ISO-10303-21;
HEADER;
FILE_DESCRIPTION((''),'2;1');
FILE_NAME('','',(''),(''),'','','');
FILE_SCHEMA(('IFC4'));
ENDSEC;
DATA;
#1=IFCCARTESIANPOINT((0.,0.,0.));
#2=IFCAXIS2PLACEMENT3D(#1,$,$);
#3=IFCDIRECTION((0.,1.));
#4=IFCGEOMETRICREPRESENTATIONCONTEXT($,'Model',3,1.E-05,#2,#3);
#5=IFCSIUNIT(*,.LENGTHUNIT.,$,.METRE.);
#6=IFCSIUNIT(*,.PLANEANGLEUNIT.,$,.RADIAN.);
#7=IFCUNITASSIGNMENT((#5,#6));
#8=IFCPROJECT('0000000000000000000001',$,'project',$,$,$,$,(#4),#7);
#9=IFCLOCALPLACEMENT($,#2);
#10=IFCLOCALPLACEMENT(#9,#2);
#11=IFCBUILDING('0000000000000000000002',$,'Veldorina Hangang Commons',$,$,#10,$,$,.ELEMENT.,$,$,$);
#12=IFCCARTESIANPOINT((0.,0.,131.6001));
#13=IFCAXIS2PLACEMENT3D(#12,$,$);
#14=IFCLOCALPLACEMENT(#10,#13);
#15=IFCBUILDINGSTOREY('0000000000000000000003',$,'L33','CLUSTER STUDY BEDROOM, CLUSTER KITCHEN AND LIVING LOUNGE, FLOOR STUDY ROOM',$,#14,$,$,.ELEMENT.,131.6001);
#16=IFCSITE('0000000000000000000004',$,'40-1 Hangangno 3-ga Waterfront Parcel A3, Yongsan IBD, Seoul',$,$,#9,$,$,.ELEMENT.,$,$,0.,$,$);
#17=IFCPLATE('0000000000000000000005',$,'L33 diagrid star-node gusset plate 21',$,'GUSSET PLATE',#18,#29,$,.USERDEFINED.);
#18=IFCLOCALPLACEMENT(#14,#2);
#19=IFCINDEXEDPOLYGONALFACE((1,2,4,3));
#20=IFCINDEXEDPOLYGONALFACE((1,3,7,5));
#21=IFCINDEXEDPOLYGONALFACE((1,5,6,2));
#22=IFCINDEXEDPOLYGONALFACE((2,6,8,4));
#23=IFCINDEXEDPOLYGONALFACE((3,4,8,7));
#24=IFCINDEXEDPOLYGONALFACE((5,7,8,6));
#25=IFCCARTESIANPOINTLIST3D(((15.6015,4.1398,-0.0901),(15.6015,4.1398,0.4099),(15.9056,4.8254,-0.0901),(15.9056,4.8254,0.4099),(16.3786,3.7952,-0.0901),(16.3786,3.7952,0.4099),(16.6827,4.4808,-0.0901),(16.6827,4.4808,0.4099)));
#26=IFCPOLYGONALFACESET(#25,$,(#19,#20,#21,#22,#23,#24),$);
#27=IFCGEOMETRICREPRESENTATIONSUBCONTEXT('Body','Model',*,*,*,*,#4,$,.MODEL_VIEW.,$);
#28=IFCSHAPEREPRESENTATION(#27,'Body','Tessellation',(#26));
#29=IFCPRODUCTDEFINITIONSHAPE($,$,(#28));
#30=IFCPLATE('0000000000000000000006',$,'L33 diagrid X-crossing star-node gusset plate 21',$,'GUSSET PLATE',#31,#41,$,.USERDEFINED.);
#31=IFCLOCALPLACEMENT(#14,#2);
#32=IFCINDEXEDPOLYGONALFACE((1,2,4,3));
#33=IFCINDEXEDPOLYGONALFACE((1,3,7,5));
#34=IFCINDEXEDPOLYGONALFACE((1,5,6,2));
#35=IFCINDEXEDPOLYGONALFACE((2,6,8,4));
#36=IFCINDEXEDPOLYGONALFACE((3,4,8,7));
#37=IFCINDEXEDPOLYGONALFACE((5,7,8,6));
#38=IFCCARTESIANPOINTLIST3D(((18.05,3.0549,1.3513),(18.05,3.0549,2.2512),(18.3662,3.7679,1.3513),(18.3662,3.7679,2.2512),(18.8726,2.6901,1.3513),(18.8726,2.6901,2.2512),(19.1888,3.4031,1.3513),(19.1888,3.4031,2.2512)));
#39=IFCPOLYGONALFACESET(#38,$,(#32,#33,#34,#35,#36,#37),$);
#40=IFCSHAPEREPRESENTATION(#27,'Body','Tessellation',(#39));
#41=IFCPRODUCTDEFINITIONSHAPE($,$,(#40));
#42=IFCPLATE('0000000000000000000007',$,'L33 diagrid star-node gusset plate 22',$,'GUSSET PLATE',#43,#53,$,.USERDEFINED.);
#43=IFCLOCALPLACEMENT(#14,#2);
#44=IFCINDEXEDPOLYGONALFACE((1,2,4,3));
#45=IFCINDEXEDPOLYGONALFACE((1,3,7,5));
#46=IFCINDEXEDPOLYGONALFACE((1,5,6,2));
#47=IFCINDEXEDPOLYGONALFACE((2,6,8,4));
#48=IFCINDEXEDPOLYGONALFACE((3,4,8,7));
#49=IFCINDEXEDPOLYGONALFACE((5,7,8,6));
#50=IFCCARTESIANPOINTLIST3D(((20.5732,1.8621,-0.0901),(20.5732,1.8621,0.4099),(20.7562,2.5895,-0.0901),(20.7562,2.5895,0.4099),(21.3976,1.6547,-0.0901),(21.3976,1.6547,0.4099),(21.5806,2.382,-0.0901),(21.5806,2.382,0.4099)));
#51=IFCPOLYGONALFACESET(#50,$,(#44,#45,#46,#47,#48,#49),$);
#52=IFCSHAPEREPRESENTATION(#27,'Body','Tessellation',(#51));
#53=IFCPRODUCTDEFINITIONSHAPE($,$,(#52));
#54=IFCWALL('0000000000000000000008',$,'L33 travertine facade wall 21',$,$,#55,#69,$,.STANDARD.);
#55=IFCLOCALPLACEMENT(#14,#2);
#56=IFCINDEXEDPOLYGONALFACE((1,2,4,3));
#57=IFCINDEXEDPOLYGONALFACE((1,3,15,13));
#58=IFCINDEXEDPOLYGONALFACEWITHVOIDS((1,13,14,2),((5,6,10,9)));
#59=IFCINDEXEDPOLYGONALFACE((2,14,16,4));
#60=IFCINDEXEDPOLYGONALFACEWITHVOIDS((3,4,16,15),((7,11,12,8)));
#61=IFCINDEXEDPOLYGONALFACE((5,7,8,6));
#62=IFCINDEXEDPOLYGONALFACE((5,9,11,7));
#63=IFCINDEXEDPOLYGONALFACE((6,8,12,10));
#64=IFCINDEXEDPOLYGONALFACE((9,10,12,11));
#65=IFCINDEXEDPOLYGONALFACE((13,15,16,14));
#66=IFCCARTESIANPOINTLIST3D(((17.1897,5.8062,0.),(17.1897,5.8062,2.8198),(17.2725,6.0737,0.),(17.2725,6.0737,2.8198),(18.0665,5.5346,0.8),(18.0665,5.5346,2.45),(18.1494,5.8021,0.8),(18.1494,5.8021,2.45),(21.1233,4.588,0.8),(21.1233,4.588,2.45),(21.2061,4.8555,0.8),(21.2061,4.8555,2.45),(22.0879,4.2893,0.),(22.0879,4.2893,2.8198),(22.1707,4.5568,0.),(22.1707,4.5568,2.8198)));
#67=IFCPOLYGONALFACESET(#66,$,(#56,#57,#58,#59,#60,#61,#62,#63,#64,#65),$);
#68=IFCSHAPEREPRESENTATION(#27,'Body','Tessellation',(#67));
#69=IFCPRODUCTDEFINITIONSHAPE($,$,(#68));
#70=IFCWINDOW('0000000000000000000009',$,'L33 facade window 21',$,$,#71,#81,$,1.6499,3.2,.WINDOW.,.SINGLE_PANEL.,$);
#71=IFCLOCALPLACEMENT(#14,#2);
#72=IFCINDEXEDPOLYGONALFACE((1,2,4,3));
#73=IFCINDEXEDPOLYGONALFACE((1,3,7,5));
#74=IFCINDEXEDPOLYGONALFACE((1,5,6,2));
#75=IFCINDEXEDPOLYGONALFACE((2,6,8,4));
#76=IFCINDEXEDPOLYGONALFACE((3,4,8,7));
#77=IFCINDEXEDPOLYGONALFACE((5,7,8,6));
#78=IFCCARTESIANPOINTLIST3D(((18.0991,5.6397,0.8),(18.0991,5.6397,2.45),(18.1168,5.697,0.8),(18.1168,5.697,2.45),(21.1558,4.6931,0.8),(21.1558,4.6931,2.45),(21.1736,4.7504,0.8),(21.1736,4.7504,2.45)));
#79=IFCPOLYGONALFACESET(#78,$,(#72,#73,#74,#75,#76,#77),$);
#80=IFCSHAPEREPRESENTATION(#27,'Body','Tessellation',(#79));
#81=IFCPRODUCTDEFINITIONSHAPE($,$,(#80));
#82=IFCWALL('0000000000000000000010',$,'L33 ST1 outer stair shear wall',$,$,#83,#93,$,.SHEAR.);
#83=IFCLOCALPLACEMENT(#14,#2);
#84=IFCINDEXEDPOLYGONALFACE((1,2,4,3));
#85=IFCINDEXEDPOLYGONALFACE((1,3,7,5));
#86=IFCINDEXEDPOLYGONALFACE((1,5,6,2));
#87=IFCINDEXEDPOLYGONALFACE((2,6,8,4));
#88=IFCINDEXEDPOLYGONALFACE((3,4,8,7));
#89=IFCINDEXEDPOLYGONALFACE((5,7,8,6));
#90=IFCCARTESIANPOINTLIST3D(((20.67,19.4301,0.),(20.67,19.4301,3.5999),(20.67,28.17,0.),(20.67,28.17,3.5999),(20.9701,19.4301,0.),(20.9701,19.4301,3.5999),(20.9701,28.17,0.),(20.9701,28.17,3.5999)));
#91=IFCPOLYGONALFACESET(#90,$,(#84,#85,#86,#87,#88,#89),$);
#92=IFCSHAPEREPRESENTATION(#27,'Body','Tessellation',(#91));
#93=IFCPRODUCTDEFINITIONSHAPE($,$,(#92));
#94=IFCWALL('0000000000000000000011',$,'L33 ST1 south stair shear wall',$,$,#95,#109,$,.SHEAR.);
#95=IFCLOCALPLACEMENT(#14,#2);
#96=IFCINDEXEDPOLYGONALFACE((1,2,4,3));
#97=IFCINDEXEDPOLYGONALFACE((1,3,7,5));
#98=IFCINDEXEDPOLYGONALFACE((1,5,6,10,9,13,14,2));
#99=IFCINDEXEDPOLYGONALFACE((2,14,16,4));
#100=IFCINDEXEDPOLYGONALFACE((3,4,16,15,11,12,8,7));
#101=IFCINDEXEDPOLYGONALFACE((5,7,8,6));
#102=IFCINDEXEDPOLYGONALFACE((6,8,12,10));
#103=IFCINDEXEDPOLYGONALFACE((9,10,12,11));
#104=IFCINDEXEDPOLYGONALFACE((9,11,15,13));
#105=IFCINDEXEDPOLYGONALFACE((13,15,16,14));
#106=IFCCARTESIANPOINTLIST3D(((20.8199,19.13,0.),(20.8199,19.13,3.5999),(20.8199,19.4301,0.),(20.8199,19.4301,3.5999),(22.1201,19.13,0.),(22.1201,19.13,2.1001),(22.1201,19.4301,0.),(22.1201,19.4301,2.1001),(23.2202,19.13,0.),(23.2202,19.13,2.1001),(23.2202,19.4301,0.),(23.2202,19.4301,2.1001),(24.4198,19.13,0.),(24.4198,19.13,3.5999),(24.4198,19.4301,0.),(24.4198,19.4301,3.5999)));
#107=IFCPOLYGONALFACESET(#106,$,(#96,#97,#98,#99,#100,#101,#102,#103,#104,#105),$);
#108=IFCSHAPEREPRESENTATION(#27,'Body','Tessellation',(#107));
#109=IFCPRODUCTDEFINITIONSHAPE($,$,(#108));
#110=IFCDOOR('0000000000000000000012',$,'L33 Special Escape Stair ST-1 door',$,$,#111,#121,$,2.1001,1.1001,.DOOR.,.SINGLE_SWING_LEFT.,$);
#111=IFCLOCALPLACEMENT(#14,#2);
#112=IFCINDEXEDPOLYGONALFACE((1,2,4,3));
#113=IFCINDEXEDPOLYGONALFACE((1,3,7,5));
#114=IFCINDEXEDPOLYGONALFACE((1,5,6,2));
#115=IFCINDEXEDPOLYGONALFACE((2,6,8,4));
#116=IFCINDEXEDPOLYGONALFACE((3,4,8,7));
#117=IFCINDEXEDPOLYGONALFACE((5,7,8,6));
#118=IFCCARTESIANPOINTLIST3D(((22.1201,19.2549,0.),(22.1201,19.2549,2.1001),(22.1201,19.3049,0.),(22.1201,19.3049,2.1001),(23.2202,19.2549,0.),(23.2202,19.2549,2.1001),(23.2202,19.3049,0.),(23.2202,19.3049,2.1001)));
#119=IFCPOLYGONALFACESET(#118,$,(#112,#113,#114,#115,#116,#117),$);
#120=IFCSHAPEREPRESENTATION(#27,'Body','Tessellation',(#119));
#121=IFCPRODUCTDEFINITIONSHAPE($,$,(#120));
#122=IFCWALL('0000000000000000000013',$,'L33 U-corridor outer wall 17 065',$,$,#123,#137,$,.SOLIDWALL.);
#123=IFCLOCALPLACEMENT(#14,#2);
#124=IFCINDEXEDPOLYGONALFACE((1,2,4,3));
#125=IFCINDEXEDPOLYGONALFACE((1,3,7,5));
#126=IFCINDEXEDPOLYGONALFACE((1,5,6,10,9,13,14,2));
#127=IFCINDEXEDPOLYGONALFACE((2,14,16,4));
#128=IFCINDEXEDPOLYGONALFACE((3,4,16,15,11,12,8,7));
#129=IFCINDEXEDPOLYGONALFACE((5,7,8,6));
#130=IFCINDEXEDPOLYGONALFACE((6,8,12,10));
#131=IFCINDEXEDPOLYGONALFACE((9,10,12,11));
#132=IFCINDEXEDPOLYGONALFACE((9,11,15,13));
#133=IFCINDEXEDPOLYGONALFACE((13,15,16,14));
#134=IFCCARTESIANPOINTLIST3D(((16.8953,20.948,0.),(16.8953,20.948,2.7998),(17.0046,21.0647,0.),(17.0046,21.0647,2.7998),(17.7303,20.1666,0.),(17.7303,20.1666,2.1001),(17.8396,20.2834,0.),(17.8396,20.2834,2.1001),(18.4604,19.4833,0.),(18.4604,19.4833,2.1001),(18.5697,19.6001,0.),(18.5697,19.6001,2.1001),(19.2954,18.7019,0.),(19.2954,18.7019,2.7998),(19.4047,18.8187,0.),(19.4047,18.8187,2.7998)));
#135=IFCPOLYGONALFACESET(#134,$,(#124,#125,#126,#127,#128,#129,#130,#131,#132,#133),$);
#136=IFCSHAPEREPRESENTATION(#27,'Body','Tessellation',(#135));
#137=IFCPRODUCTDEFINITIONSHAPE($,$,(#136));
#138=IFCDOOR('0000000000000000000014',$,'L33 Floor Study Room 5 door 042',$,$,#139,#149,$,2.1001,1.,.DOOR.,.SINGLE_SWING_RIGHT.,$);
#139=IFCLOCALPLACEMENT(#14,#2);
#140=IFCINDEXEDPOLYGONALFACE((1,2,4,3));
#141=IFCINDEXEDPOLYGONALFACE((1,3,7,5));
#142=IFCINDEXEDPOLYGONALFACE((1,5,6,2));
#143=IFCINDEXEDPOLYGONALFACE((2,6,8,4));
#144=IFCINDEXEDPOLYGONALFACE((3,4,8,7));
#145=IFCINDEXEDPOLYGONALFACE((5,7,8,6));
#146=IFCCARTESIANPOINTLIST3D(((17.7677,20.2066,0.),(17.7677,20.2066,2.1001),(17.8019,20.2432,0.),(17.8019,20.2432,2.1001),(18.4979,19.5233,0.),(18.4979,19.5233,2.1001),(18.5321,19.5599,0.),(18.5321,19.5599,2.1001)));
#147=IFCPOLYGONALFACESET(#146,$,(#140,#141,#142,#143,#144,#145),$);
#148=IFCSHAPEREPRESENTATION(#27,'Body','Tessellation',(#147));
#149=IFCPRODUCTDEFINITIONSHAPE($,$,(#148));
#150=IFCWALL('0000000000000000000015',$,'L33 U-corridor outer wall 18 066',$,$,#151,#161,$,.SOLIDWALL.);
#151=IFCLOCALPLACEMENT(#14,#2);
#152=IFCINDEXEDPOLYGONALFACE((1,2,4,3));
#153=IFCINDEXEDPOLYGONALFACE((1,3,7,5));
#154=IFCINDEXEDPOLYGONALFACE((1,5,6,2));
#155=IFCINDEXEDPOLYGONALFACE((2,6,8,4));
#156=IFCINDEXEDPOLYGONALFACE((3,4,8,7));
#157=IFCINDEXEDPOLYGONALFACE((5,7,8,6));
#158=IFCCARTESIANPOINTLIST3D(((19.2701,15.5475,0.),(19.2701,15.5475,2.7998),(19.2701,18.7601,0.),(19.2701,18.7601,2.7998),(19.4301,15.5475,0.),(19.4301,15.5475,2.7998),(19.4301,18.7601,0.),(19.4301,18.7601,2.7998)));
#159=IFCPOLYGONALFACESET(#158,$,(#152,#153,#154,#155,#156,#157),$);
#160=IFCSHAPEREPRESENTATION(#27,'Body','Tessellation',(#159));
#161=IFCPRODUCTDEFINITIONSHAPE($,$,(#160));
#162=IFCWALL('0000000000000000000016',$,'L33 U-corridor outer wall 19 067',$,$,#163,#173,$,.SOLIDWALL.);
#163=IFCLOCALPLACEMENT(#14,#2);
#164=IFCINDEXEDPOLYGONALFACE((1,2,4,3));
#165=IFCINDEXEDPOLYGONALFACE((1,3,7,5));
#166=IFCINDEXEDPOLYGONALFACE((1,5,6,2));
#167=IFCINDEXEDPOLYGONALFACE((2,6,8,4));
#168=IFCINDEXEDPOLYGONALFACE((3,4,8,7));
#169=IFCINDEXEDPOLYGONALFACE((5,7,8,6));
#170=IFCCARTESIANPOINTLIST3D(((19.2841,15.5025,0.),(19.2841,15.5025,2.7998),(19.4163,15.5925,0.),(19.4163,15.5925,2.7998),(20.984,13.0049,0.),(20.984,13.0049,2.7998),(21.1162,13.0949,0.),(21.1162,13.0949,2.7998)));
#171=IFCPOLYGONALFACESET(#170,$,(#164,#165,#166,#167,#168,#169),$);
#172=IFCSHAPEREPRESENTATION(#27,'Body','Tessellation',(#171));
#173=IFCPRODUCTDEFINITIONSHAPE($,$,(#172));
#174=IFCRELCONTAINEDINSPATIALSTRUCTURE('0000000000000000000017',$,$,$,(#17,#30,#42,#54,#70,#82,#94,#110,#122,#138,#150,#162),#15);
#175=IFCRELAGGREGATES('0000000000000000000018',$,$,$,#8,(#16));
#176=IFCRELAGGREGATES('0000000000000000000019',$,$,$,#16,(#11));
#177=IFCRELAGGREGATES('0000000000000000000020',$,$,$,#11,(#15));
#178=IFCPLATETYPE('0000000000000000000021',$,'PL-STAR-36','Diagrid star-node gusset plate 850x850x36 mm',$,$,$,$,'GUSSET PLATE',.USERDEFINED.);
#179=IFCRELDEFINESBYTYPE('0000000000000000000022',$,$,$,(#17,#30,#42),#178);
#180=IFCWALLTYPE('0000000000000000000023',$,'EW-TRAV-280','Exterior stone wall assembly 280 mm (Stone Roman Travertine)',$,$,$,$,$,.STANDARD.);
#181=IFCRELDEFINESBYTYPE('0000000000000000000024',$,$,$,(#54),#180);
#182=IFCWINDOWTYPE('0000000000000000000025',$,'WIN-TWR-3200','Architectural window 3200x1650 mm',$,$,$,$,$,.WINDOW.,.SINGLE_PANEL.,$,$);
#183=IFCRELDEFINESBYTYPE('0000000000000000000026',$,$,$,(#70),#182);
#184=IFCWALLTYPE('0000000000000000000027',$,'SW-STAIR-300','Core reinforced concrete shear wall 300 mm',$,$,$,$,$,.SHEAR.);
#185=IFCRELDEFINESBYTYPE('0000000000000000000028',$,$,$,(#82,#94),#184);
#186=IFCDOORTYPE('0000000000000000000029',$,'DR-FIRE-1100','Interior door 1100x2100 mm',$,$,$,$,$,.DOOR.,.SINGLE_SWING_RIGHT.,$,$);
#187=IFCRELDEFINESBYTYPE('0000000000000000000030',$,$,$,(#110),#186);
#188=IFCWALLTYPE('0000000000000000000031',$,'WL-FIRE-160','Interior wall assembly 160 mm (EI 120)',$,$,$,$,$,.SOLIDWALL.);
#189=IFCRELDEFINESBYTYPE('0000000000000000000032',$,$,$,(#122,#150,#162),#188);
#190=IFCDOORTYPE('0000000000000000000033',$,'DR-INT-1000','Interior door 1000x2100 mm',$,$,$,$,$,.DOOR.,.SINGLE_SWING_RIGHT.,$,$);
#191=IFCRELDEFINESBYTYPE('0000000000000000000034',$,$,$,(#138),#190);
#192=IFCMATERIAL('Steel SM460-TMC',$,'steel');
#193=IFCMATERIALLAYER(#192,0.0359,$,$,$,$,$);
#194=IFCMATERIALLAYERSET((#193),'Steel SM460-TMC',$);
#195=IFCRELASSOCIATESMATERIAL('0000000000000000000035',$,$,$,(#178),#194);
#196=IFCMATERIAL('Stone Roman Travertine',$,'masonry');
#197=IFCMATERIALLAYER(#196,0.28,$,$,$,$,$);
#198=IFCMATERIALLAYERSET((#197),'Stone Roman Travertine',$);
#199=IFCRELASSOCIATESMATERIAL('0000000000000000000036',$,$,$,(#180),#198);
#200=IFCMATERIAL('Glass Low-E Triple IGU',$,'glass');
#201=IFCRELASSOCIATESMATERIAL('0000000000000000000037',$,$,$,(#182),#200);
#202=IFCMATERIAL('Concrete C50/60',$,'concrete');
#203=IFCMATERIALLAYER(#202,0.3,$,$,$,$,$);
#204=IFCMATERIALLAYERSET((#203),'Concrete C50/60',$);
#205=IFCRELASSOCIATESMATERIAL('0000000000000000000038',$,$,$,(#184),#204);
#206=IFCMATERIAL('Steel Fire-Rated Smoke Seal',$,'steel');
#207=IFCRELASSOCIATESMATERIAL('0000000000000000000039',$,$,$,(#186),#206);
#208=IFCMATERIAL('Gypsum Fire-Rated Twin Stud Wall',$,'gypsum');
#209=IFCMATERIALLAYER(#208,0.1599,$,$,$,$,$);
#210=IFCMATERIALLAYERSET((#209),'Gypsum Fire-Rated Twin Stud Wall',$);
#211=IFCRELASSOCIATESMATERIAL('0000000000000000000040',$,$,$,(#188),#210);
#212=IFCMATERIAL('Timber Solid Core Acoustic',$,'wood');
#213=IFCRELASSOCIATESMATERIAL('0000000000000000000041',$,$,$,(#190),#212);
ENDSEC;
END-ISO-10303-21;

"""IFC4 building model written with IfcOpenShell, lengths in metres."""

from ifc_helpers import new_model, si_unit, direction, frame, frame_2d, origin, origin_2d, place, context, subcontext, project, spatial, rectangle, extrude, material, layer, layer_set, type_object, element, fill, save


model = new_model("IFC4")

# Units and contexts
model_context = context("Model", 3, precision=1e-05, world=origin(), true_north=direction((0.0, 1.0)))
body_context = subcontext(model_context, "Body", "Model", "MODEL_VIEW")
ifc_project = project(units=[si_unit("LENGTHUNIT", "METRE"), si_unit("PLANEANGLEUNIT", "RADIAN")], contexts=[model_context])

# Site, building, storey
site_placement = place(None, origin())
site = spatial("IfcSite", under=ifc_project, at=site_placement, Name="40-1 Hangangno 3-ga Waterfront Parcel A3, Yongsan IBD, Seoul", CompositionType="ELEMENT", RefElevation=0.0)
building_placement = place(site_placement, origin())
building = spatial("IfcBuilding", under=site, at=building_placement, Name="Veldorina Hangang Commons", CompositionType="ELEMENT")
storey_placement = place(building_placement, frame((0.0, 0.0, 131.6001)))
storey = spatial("IfcBuildingStorey", under=building, at=storey_placement, Name="L33", Description="CLUSTER STUDY BEDROOM, CLUSTER KITCHEN AND LIVING LOUNGE, FLOOR STUDY ROOM", CompositionType="ELEMENT", Elevation=131.6001)

# Shared definitions
ifc_material_1 = material(Name="Glass Low-E Triple IGU", Category="glass")

# Plates
ifc_material_2 = material(Name="Steel SM460-TMC", Category="steel")
ifc_layer_1 = layer(ifc_material_2, 0.0359)
ifc_layer_set_1 = layer_set([ifc_layer_1], Name="Steel SM460-TMC")
plate_type = type_object("IfcPlateType", Name="PL-STAR-36", Description="Diagrid star-node gusset plate 850x850x36 mm", ElementType="GUSSET PLATE", PredefinedType="USERDEFINED", material=ifc_layer_set_1)
plate_1_placement = place(storey_placement, frame((16.1421, 4.3103, -0.0901), z_axis=(0.0, 0.0, 1.0), x_axis=(0.914148, -0.405381, 0.0)))
element("IfcPlate", 1, at=plate_1_placement, inside=storey, type_object=plate_type, Name="L33 diagrid star-node gusset plate 21", ObjectType="GUSSET PLATE", PredefinedType="USERDEFINED", context=body_context, shape_type="SweptSolid", body=[
    extrude(rectangle(XDim=0.8501, YDim=0.75, at=origin_2d()), origin(), (0.0, 0.0, 1.0), 0.5),
])
plate_2_placement = place(storey_placement, frame((18.6194, 3.229, 1.3513), z_axis=(0.0, 0.0, 1.0), x_axis=(0.914148, -0.405381, 0.0)))
element("IfcPlate", 2, at=plate_2_placement, inside=storey, type_object=plate_type, Name="L33 diagrid X-crossing star-node gusset plate 21", ObjectType="GUSSET PLATE", PredefinedType="USERDEFINED", context=body_context, shape_type="SweptSolid", body=[
    extrude(rectangle(XDim=0.8999, YDim=0.78, at=origin_2d()), origin(), (0.0, 0.0, 1.0), 0.8999),
])
plate_3_placement = place(storey_placement, frame((21.0769, 2.1221, -0.0901), z_axis=(0.0, 0.0, 1.0), x_axis=(0.969761, -0.244055, 0.0)))
element("IfcPlate", 3, at=plate_3_placement, inside=storey, type_object=plate_type, Name="L33 diagrid star-node gusset plate 22", ObjectType="GUSSET PLATE", PredefinedType="USERDEFINED", context=body_context, shape_type="SweptSolid", body=[
    extrude(rectangle(XDim=0.8501, YDim=0.75, at=origin_2d()), origin(), (0.0, 0.0, 1.0), 0.5),
])

# Wall, opening, window
ifc_material_3 = material(Name="Stone Roman Travertine", Category="masonry")
ifc_layer_2 = layer(ifc_material_3, 0.28)
ifc_layer_set_2 = layer_set([ifc_layer_2], Name="Stone Roman Travertine")
wall_type_1 = type_object("IfcWallType", Name="EW-TRAV-280", Description="Exterior stone wall assembly 280 mm (Stone Roman Travertine)", PredefinedType="STANDARD", material=ifc_layer_set_2)
wall_1_placement = place(storey_placement, frame((17.231, 5.9399, 0.0), z_axis=(0.0, 0.0, 1.0), x_axis=(0.955245, -0.295815, 0.0)))
wall_1 = element("IfcWall", 4, at=wall_1_placement, inside=storey, type_object=wall_type_1, Name="L33 travertine facade wall 21", PredefinedType="STANDARD", context=body_context, shape_type="SweptSolid", body=[
    extrude(rectangle(XDim=5.1277, YDim=0.28, at=frame_2d((2.564, 0.0))), origin(), (0.0, 0.0, 1.0), 2.8198),
])
opening_1_placement = place(wall_1_placement, frame((0.918, 0.0, 0.8)))
opening_1 = element("IfcOpeningElement", 5, at=opening_1_placement, cuts=wall_1, PredefinedType="OPENING", context=body_context, shape_type="SweptSolid", body=[
    extrude(rectangle(XDim=3.2, YDim=1.6499, at=frame_2d((1.6001, 0.825))), frame((0.0, 0.1499, 0.0), z_axis=(0.0, -1.0, 0.0), x_axis=(1.0, 0.0, 0.0)), (0.0, 0.0, 1.0), 0.3),
])
window_type = type_object("IfcWindowType", Name="WIN-TWR-3200", Description="Architectural window 3200x1650 mm", PartitioningType="SINGLE_PANEL", PredefinedType="WINDOW", material=ifc_material_1)
window_placement = place(opening_1_placement, origin())
window = element("IfcWindow", 6, at=window_placement, inside=storey, type_object=window_type, Name="L33 facade window 21", OverallHeight=1.6499, OverallWidth=3.2, PartitioningType="SINGLE_PANEL", PredefinedType="WINDOW", context=body_context, shape_type="SweptSolid", body=[
    extrude(rectangle(XDim=3.2, YDim=1.6499, at=frame_2d((1.6001, 0.825))), frame((0.0, 0.03, 0.0), z_axis=(0.0, -1.0, 0.0), x_axis=(1.0, 0.0, 0.0)), (0.0, 0.0, 1.0), 0.0601),
])
fill(opening_1, window)

# Wall
ifc_material_4 = material(Name="Concrete C50/60", Category="concrete")
ifc_layer_3 = layer(ifc_material_4, 0.3)
ifc_layer_set_3 = layer_set([ifc_layer_3], Name="Concrete C50/60")
wall_type_2 = type_object("IfcWallType", Name="SW-STAIR-300", Description="Core reinforced concrete shear wall 300 mm", PredefinedType="SHEAR", material=ifc_layer_set_3)
wall_2_placement = place(storey_placement, frame((20.8201, 19.4299, 0.0), z_axis=(0.0, 0.0, 1.0), x_axis=(0.0, 1.0, 0.0)))
element("IfcWall", 7, at=wall_2_placement, inside=storey, type_object=wall_type_2, Name="L33 ST1 outer stair shear wall", PredefinedType="SHEAR", context=body_context, shape_type="SweptSolid", body=[
    extrude(rectangle(XDim=8.74, YDim=0.3, at=frame_2d((4.3701, 0.0))), origin(), (0.0, 0.0, 1.0), 3.5999),
])

# Walls, openings, doors
wall_3_placement = place(storey_placement, frame((20.8201, 19.28, 0.0), z_axis=(0.0, 0.0, 1.0), x_axis=(1.0, 0.0, 0.0)))
wall_3 = element("IfcWall", 8, at=wall_3_placement, inside=storey, type_object=wall_type_2, Name="L33 ST1 south stair shear wall", PredefinedType="SHEAR", context=body_context, shape_type="SweptSolid", body=[
    extrude(rectangle(XDim=3.5999, YDim=0.3, at=frame_2d((1.7998, 0.0))), origin(), (0.0, 0.0, 1.0), 3.5999),
])
opening_2_placement = place(wall_3_placement, frame((1.3, 0.0, 0.0)))
opening_2 = element("IfcOpeningElement", 9, at=opening_2_placement, cuts=wall_3, PredefinedType="OPENING", context=body_context, shape_type="SweptSolid", body=[
    extrude(rectangle(XDim=1.1001, YDim=2.1001, at=frame_2d((0.55, 1.05))), frame((0.0, 0.1602, 0.0), z_axis=(0.0, -1.0, 0.0), x_axis=(1.0, 0.0, 0.0)), (0.0, 0.0, 1.0), 0.3201),
])
ifc_material_5 = material(Name="Steel Fire-Rated Smoke Seal", Category="steel")
door_type_1 = type_object("IfcDoorType", Name="DR-FIRE-1100", Description="Interior door 1100x2100 mm", OperationType="SINGLE_SWING_RIGHT", PredefinedType="DOOR", material=ifc_material_5)
door_1_placement = place(opening_2_placement, origin())
door_1 = element("IfcDoor", 10, at=door_1_placement, inside=storey, type_object=door_type_1, Name="L33 Special Escape Stair ST-1 door", OperationType="SINGLE_SWING_LEFT", OverallHeight=2.1001, OverallWidth=1.1001, PredefinedType="DOOR", context=body_context, shape_type="SweptSolid", body=[
    extrude(rectangle(XDim=1.1001, YDim=2.1001, at=frame_2d((0.55, 1.05))), frame((0.0, 0.0249, 0.0), z_axis=(0.0, -1.0, 0.0), x_axis=(1.0, 0.0, 0.0)), (0.0, 0.0, 1.0), 0.05),
])
fill(opening_2, door_1)
ifc_material_6 = material(Name="Gypsum Fire-Rated Twin Stud Wall", Category="gypsum")
ifc_layer_4 = layer(ifc_material_6, 0.1599)
ifc_layer_set_4 = layer_set([ifc_layer_4], Name="Gypsum Fire-Rated Twin Stud Wall")
wall_type_3 = type_object("IfcWallType", Name="WL-FIRE-160", Description="Interior wall assembly 160 mm (EI 120)", PredefinedType="SOLIDWALL", material=ifc_layer_set_4)
wall_4_placement = place(storey_placement, frame((16.95, 21.0063, 0.0), z_axis=(0.0, 0.0, 1.0), x_axis=(0.730151, -0.683286, 0.0)))
wall_4 = element("IfcWall", 11, at=wall_4_placement, inside=storey, type_object=wall_type_3, Name="L33 U-corridor outer wall 17 065", PredefinedType="SOLIDWALL", context=body_context, shape_type="SweptSolid", body=[
    extrude(rectangle(XDim=3.2871, YDim=0.1599, at=frame_2d((1.6436, 0.0))), origin(), (0.0, 0.0, 1.0), 2.7998),
])
opening_3_placement = place(wall_4_placement, frame((1.1436, 0.0, 0.0)))
opening_3 = element("IfcOpeningElement", 12, at=opening_3_placement, cuts=wall_4, PredefinedType="OPENING", context=body_context, shape_type="SweptSolid", body=[
    extrude(rectangle(XDim=1.0, YDim=2.1001, at=frame_2d((0.5, 1.05))), frame((0.0, 0.0898, 0.0), z_axis=(0.0, -1.0, 0.0), x_axis=(1.0, 0.0, 0.0)), (0.0, 0.0, 1.0), 0.1799),
])
ifc_material_7 = material(Name="Timber Solid Core Acoustic", Category="wood")
door_type_2 = type_object("IfcDoorType", Name="DR-INT-1000", Description="Interior door 1000x2100 mm", OperationType="SINGLE_SWING_RIGHT", PredefinedType="DOOR", material=ifc_material_7)
door_2_placement = place(opening_3_placement, origin())
door_2 = element("IfcDoor", 13, at=door_2_placement, inside=storey, type_object=door_type_2, Name="L33 Floor Study Room 5 door 042", OperationType="SINGLE_SWING_RIGHT", OverallHeight=2.1001, OverallWidth=1.0, PredefinedType="DOOR", context=body_context, shape_type="SweptSolid", body=[
    extrude(rectangle(XDim=1.0, YDim=2.1001, at=frame_2d((0.5, 1.05))), frame((0.0, 0.0249, 0.0), z_axis=(0.0, -1.0, 0.0), x_axis=(1.0, 0.0, 0.0)), (0.0, 0.0, 1.0), 0.05),
])
fill(opening_3, door_2)

# Walls
wall_5_placement = place(storey_placement, frame((19.3501, 18.7603, 0.0), z_axis=(0.0, 0.0, 1.0), x_axis=(0.0, -1.0, 0.0)))
element("IfcWall", 14, at=wall_5_placement, inside=storey, type_object=wall_type_3, Name="L33 U-corridor outer wall 18 066", PredefinedType="SOLIDWALL", context=body_context, shape_type="SweptSolid", body=[
    extrude(rectangle(XDim=3.2126, YDim=0.1599, at=frame_2d((1.6064, 0.0))), origin(), (0.0, 0.0, 1.0), 2.7998),
])
wall_6_placement = place(storey_placement, frame((19.3501, 15.5476, 0.0), z_axis=(0.0, 0.0, 1.0), x_axis=(0.562675, -0.826678, 0.0)))
element("IfcWall", 15, at=wall_6_placement, inside=storey, type_object=wall_type_3, Name="L33 U-corridor outer wall 19 067", PredefinedType="SOLIDWALL", context=body_context, shape_type="SweptSolid", body=[
    extrude(rectangle(XDim=3.0212, YDim=0.1599, at=frame_2d((1.5107, 0.0))), origin(), (0.0, 0.0, 1.0), 2.7998),
])

save(model, "model.ifc")
